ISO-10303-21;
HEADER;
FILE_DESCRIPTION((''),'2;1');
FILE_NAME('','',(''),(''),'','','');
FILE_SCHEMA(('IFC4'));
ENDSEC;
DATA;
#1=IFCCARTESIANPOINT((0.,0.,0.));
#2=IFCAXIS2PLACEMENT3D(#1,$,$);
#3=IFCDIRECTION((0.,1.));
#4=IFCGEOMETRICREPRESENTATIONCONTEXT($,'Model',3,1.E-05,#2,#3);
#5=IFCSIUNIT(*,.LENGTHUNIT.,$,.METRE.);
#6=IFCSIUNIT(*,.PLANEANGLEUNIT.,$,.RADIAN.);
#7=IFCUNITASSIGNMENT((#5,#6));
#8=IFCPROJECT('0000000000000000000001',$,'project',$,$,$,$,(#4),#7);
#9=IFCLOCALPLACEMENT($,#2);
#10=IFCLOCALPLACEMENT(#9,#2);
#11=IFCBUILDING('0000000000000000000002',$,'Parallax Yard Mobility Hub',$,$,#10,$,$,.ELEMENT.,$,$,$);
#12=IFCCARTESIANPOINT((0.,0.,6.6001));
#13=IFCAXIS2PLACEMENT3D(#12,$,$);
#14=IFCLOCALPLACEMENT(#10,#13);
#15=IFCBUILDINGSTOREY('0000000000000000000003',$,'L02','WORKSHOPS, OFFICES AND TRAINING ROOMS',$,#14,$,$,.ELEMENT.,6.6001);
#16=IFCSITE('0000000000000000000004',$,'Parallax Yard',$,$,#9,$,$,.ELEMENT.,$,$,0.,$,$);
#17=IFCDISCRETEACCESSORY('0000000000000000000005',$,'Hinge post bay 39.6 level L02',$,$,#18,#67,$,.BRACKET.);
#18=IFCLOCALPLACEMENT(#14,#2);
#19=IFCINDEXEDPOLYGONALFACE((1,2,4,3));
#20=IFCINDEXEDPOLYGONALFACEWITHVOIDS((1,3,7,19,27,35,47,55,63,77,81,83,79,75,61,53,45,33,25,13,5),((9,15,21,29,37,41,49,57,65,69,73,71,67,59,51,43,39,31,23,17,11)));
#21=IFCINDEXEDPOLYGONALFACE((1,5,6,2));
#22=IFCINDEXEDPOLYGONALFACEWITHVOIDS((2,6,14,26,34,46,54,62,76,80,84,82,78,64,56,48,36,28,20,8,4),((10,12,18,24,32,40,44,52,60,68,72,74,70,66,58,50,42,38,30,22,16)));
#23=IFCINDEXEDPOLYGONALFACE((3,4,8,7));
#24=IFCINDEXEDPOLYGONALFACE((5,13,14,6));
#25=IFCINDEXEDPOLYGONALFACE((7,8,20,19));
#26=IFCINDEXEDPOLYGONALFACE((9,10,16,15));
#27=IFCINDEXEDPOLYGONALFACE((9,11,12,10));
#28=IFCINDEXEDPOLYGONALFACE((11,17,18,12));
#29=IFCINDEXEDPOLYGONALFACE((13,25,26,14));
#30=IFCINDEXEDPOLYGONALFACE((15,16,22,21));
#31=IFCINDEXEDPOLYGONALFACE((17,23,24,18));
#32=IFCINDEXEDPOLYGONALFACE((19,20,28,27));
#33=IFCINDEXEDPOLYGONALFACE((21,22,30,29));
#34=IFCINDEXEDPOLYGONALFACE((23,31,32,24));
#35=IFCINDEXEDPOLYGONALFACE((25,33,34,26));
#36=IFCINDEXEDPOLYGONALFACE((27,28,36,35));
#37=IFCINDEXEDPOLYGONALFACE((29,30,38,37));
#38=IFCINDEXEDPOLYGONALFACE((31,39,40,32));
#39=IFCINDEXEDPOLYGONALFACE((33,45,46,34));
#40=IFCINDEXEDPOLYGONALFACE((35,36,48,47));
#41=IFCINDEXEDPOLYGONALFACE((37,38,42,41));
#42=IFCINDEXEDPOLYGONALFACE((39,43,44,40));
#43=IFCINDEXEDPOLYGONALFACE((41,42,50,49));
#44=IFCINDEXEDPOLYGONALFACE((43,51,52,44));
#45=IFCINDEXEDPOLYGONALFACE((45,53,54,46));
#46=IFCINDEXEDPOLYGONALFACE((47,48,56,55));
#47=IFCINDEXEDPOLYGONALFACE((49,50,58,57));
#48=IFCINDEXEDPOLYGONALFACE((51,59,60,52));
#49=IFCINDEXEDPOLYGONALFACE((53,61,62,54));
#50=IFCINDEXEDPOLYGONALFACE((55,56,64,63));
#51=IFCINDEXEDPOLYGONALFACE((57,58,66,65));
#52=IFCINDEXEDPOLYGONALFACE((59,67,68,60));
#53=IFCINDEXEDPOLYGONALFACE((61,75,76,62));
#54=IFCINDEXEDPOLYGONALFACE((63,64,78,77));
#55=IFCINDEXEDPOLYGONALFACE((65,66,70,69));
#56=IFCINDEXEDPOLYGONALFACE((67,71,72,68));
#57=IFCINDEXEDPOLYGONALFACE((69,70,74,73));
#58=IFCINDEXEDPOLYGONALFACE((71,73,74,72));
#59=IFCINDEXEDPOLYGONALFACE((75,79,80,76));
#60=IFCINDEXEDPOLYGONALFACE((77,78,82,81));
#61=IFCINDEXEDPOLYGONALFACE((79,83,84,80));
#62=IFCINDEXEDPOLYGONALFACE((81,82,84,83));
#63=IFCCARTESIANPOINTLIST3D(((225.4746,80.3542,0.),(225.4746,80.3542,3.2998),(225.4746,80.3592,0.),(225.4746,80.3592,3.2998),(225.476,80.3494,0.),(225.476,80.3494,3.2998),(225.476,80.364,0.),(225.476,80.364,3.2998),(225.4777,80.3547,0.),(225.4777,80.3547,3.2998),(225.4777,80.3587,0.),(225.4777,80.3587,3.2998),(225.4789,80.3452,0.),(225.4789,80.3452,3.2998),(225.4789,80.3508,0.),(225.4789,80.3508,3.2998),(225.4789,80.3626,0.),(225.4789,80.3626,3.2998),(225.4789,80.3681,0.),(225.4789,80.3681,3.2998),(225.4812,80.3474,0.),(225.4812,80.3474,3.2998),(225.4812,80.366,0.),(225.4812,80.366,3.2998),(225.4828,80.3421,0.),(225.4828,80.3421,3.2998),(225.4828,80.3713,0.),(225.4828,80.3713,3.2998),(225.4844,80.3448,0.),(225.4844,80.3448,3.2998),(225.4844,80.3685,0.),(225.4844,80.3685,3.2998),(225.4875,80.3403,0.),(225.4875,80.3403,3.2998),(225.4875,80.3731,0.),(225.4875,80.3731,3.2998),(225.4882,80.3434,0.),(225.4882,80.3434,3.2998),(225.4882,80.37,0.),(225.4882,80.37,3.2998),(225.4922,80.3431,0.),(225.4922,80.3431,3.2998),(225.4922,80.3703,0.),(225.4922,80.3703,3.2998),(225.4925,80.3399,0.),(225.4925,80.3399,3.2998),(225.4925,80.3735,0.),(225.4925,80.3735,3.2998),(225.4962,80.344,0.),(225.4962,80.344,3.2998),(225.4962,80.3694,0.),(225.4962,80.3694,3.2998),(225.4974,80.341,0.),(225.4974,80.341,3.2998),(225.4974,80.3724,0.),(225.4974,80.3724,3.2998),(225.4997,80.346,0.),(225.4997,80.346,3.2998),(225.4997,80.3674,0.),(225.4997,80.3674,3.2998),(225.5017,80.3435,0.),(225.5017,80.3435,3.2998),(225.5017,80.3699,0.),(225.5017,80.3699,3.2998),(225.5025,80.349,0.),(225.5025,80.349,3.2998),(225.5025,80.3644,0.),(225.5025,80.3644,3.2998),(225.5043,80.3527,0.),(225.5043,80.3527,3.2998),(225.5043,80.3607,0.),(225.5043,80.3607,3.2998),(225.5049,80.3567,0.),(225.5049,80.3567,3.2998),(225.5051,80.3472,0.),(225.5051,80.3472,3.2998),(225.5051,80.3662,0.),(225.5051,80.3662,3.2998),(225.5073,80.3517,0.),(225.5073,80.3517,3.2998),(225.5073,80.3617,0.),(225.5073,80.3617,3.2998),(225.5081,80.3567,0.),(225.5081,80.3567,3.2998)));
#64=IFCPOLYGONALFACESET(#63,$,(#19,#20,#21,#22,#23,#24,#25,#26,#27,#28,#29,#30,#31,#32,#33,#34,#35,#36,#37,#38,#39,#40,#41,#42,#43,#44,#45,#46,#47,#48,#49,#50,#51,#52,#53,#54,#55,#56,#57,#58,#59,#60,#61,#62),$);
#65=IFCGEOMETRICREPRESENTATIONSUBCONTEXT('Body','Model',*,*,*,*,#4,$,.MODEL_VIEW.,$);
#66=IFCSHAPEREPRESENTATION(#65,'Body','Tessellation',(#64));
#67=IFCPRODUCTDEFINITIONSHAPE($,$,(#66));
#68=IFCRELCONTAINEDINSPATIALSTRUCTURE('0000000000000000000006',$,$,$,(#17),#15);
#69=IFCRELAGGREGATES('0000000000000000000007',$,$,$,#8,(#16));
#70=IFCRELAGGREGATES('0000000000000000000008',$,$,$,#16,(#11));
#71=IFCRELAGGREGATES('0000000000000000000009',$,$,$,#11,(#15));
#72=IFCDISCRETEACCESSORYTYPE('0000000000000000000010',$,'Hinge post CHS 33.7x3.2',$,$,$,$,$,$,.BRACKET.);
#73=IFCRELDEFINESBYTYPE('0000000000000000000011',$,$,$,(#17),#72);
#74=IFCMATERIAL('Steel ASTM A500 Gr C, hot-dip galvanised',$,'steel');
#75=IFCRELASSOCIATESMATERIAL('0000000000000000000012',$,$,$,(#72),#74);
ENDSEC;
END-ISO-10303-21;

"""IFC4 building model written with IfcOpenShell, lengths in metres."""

from ifc_helpers import new_model, si_unit, direction, frame, origin, origin_2d, place, context, subcontext, project, spatial, hollow_circle, extrude, material, material_profile, profile_set, type_object, element, save


model = new_model("IFC4")

# Units and contexts
model_context = context("Model", 3, precision=1e-05, world=origin(), true_north=direction((0.0, 1.0)))
body_context = subcontext(model_context, "Body", "Model", "MODEL_VIEW")
ifc_project = project(units=[si_unit("LENGTHUNIT", "METRE"), si_unit("PLANEANGLEUNIT", "RADIAN")], contexts=[model_context])

# Site, building, storey
site_placement = place(None, origin())
site = spatial("IfcSite", under=ifc_project, at=site_placement, Name="Parallax Yard", CompositionType="ELEMENT", RefElevation=0.0)
building_placement = place(site_placement, origin())
building = spatial("IfcBuilding", under=site, at=building_placement, Name="Parallax Yard Mobility Hub", CompositionType="ELEMENT")
storey_placement = place(building_placement, frame((0.0, 0.0, 6.6001)))
storey = spatial("IfcBuildingStorey", under=building, at=storey_placement, Name="L02", Description="WORKSHOPS, OFFICES AND TRAINING ROOMS", CompositionType="ELEMENT", Elevation=6.6001)

# Discrete accessory
ifc_material_1 = material(Name="Steel ASTM A500 Gr C, hot-dip galvanised", Category="steel")
ifc_material_profile_1 = material_profile(ifc_material_1, hollow_circle(Radius=0.0168, WallThickness=0.0032, at=origin_2d()), Name="CHS 33.7x3.2")
ifc_profile_set_1 = profile_set([ifc_material_profile_1], Name="Steel ASTM A500 Gr C, hot-dip galvanised")
discrete_accessory_type_1 = type_object("IfcDiscreteAccessoryType", Name="Hinge post CHS 33.7x3.2", PredefinedType="BRACKET", material=ifc_profile_set_1)
for number, where, z_axis, x_axis, name in (
    (1, (225.4912, 80.3567, 0.0), (0.0, 0.0, 1.0), (1.0, 0.0, 0.0), "Hinge post bay 39.6 level L02"),
):
    element("IfcDiscreteAccessory", number, at=place(storey_placement, frame(where, z_axis=z_axis, x_axis=x_axis)), inside=storey, type_object=discrete_accessory_type_1, Name=name, PredefinedType="BRACKET", context=body_context, shape_type="SweptSolid", body=[
        extrude(hollow_circle(Radius=0.0168, WallThickness=0.0032, at=origin_2d()), origin(), (0.0, 0.0, 1.0), 3.2998),
    ])

save(model, "model.ifc")
